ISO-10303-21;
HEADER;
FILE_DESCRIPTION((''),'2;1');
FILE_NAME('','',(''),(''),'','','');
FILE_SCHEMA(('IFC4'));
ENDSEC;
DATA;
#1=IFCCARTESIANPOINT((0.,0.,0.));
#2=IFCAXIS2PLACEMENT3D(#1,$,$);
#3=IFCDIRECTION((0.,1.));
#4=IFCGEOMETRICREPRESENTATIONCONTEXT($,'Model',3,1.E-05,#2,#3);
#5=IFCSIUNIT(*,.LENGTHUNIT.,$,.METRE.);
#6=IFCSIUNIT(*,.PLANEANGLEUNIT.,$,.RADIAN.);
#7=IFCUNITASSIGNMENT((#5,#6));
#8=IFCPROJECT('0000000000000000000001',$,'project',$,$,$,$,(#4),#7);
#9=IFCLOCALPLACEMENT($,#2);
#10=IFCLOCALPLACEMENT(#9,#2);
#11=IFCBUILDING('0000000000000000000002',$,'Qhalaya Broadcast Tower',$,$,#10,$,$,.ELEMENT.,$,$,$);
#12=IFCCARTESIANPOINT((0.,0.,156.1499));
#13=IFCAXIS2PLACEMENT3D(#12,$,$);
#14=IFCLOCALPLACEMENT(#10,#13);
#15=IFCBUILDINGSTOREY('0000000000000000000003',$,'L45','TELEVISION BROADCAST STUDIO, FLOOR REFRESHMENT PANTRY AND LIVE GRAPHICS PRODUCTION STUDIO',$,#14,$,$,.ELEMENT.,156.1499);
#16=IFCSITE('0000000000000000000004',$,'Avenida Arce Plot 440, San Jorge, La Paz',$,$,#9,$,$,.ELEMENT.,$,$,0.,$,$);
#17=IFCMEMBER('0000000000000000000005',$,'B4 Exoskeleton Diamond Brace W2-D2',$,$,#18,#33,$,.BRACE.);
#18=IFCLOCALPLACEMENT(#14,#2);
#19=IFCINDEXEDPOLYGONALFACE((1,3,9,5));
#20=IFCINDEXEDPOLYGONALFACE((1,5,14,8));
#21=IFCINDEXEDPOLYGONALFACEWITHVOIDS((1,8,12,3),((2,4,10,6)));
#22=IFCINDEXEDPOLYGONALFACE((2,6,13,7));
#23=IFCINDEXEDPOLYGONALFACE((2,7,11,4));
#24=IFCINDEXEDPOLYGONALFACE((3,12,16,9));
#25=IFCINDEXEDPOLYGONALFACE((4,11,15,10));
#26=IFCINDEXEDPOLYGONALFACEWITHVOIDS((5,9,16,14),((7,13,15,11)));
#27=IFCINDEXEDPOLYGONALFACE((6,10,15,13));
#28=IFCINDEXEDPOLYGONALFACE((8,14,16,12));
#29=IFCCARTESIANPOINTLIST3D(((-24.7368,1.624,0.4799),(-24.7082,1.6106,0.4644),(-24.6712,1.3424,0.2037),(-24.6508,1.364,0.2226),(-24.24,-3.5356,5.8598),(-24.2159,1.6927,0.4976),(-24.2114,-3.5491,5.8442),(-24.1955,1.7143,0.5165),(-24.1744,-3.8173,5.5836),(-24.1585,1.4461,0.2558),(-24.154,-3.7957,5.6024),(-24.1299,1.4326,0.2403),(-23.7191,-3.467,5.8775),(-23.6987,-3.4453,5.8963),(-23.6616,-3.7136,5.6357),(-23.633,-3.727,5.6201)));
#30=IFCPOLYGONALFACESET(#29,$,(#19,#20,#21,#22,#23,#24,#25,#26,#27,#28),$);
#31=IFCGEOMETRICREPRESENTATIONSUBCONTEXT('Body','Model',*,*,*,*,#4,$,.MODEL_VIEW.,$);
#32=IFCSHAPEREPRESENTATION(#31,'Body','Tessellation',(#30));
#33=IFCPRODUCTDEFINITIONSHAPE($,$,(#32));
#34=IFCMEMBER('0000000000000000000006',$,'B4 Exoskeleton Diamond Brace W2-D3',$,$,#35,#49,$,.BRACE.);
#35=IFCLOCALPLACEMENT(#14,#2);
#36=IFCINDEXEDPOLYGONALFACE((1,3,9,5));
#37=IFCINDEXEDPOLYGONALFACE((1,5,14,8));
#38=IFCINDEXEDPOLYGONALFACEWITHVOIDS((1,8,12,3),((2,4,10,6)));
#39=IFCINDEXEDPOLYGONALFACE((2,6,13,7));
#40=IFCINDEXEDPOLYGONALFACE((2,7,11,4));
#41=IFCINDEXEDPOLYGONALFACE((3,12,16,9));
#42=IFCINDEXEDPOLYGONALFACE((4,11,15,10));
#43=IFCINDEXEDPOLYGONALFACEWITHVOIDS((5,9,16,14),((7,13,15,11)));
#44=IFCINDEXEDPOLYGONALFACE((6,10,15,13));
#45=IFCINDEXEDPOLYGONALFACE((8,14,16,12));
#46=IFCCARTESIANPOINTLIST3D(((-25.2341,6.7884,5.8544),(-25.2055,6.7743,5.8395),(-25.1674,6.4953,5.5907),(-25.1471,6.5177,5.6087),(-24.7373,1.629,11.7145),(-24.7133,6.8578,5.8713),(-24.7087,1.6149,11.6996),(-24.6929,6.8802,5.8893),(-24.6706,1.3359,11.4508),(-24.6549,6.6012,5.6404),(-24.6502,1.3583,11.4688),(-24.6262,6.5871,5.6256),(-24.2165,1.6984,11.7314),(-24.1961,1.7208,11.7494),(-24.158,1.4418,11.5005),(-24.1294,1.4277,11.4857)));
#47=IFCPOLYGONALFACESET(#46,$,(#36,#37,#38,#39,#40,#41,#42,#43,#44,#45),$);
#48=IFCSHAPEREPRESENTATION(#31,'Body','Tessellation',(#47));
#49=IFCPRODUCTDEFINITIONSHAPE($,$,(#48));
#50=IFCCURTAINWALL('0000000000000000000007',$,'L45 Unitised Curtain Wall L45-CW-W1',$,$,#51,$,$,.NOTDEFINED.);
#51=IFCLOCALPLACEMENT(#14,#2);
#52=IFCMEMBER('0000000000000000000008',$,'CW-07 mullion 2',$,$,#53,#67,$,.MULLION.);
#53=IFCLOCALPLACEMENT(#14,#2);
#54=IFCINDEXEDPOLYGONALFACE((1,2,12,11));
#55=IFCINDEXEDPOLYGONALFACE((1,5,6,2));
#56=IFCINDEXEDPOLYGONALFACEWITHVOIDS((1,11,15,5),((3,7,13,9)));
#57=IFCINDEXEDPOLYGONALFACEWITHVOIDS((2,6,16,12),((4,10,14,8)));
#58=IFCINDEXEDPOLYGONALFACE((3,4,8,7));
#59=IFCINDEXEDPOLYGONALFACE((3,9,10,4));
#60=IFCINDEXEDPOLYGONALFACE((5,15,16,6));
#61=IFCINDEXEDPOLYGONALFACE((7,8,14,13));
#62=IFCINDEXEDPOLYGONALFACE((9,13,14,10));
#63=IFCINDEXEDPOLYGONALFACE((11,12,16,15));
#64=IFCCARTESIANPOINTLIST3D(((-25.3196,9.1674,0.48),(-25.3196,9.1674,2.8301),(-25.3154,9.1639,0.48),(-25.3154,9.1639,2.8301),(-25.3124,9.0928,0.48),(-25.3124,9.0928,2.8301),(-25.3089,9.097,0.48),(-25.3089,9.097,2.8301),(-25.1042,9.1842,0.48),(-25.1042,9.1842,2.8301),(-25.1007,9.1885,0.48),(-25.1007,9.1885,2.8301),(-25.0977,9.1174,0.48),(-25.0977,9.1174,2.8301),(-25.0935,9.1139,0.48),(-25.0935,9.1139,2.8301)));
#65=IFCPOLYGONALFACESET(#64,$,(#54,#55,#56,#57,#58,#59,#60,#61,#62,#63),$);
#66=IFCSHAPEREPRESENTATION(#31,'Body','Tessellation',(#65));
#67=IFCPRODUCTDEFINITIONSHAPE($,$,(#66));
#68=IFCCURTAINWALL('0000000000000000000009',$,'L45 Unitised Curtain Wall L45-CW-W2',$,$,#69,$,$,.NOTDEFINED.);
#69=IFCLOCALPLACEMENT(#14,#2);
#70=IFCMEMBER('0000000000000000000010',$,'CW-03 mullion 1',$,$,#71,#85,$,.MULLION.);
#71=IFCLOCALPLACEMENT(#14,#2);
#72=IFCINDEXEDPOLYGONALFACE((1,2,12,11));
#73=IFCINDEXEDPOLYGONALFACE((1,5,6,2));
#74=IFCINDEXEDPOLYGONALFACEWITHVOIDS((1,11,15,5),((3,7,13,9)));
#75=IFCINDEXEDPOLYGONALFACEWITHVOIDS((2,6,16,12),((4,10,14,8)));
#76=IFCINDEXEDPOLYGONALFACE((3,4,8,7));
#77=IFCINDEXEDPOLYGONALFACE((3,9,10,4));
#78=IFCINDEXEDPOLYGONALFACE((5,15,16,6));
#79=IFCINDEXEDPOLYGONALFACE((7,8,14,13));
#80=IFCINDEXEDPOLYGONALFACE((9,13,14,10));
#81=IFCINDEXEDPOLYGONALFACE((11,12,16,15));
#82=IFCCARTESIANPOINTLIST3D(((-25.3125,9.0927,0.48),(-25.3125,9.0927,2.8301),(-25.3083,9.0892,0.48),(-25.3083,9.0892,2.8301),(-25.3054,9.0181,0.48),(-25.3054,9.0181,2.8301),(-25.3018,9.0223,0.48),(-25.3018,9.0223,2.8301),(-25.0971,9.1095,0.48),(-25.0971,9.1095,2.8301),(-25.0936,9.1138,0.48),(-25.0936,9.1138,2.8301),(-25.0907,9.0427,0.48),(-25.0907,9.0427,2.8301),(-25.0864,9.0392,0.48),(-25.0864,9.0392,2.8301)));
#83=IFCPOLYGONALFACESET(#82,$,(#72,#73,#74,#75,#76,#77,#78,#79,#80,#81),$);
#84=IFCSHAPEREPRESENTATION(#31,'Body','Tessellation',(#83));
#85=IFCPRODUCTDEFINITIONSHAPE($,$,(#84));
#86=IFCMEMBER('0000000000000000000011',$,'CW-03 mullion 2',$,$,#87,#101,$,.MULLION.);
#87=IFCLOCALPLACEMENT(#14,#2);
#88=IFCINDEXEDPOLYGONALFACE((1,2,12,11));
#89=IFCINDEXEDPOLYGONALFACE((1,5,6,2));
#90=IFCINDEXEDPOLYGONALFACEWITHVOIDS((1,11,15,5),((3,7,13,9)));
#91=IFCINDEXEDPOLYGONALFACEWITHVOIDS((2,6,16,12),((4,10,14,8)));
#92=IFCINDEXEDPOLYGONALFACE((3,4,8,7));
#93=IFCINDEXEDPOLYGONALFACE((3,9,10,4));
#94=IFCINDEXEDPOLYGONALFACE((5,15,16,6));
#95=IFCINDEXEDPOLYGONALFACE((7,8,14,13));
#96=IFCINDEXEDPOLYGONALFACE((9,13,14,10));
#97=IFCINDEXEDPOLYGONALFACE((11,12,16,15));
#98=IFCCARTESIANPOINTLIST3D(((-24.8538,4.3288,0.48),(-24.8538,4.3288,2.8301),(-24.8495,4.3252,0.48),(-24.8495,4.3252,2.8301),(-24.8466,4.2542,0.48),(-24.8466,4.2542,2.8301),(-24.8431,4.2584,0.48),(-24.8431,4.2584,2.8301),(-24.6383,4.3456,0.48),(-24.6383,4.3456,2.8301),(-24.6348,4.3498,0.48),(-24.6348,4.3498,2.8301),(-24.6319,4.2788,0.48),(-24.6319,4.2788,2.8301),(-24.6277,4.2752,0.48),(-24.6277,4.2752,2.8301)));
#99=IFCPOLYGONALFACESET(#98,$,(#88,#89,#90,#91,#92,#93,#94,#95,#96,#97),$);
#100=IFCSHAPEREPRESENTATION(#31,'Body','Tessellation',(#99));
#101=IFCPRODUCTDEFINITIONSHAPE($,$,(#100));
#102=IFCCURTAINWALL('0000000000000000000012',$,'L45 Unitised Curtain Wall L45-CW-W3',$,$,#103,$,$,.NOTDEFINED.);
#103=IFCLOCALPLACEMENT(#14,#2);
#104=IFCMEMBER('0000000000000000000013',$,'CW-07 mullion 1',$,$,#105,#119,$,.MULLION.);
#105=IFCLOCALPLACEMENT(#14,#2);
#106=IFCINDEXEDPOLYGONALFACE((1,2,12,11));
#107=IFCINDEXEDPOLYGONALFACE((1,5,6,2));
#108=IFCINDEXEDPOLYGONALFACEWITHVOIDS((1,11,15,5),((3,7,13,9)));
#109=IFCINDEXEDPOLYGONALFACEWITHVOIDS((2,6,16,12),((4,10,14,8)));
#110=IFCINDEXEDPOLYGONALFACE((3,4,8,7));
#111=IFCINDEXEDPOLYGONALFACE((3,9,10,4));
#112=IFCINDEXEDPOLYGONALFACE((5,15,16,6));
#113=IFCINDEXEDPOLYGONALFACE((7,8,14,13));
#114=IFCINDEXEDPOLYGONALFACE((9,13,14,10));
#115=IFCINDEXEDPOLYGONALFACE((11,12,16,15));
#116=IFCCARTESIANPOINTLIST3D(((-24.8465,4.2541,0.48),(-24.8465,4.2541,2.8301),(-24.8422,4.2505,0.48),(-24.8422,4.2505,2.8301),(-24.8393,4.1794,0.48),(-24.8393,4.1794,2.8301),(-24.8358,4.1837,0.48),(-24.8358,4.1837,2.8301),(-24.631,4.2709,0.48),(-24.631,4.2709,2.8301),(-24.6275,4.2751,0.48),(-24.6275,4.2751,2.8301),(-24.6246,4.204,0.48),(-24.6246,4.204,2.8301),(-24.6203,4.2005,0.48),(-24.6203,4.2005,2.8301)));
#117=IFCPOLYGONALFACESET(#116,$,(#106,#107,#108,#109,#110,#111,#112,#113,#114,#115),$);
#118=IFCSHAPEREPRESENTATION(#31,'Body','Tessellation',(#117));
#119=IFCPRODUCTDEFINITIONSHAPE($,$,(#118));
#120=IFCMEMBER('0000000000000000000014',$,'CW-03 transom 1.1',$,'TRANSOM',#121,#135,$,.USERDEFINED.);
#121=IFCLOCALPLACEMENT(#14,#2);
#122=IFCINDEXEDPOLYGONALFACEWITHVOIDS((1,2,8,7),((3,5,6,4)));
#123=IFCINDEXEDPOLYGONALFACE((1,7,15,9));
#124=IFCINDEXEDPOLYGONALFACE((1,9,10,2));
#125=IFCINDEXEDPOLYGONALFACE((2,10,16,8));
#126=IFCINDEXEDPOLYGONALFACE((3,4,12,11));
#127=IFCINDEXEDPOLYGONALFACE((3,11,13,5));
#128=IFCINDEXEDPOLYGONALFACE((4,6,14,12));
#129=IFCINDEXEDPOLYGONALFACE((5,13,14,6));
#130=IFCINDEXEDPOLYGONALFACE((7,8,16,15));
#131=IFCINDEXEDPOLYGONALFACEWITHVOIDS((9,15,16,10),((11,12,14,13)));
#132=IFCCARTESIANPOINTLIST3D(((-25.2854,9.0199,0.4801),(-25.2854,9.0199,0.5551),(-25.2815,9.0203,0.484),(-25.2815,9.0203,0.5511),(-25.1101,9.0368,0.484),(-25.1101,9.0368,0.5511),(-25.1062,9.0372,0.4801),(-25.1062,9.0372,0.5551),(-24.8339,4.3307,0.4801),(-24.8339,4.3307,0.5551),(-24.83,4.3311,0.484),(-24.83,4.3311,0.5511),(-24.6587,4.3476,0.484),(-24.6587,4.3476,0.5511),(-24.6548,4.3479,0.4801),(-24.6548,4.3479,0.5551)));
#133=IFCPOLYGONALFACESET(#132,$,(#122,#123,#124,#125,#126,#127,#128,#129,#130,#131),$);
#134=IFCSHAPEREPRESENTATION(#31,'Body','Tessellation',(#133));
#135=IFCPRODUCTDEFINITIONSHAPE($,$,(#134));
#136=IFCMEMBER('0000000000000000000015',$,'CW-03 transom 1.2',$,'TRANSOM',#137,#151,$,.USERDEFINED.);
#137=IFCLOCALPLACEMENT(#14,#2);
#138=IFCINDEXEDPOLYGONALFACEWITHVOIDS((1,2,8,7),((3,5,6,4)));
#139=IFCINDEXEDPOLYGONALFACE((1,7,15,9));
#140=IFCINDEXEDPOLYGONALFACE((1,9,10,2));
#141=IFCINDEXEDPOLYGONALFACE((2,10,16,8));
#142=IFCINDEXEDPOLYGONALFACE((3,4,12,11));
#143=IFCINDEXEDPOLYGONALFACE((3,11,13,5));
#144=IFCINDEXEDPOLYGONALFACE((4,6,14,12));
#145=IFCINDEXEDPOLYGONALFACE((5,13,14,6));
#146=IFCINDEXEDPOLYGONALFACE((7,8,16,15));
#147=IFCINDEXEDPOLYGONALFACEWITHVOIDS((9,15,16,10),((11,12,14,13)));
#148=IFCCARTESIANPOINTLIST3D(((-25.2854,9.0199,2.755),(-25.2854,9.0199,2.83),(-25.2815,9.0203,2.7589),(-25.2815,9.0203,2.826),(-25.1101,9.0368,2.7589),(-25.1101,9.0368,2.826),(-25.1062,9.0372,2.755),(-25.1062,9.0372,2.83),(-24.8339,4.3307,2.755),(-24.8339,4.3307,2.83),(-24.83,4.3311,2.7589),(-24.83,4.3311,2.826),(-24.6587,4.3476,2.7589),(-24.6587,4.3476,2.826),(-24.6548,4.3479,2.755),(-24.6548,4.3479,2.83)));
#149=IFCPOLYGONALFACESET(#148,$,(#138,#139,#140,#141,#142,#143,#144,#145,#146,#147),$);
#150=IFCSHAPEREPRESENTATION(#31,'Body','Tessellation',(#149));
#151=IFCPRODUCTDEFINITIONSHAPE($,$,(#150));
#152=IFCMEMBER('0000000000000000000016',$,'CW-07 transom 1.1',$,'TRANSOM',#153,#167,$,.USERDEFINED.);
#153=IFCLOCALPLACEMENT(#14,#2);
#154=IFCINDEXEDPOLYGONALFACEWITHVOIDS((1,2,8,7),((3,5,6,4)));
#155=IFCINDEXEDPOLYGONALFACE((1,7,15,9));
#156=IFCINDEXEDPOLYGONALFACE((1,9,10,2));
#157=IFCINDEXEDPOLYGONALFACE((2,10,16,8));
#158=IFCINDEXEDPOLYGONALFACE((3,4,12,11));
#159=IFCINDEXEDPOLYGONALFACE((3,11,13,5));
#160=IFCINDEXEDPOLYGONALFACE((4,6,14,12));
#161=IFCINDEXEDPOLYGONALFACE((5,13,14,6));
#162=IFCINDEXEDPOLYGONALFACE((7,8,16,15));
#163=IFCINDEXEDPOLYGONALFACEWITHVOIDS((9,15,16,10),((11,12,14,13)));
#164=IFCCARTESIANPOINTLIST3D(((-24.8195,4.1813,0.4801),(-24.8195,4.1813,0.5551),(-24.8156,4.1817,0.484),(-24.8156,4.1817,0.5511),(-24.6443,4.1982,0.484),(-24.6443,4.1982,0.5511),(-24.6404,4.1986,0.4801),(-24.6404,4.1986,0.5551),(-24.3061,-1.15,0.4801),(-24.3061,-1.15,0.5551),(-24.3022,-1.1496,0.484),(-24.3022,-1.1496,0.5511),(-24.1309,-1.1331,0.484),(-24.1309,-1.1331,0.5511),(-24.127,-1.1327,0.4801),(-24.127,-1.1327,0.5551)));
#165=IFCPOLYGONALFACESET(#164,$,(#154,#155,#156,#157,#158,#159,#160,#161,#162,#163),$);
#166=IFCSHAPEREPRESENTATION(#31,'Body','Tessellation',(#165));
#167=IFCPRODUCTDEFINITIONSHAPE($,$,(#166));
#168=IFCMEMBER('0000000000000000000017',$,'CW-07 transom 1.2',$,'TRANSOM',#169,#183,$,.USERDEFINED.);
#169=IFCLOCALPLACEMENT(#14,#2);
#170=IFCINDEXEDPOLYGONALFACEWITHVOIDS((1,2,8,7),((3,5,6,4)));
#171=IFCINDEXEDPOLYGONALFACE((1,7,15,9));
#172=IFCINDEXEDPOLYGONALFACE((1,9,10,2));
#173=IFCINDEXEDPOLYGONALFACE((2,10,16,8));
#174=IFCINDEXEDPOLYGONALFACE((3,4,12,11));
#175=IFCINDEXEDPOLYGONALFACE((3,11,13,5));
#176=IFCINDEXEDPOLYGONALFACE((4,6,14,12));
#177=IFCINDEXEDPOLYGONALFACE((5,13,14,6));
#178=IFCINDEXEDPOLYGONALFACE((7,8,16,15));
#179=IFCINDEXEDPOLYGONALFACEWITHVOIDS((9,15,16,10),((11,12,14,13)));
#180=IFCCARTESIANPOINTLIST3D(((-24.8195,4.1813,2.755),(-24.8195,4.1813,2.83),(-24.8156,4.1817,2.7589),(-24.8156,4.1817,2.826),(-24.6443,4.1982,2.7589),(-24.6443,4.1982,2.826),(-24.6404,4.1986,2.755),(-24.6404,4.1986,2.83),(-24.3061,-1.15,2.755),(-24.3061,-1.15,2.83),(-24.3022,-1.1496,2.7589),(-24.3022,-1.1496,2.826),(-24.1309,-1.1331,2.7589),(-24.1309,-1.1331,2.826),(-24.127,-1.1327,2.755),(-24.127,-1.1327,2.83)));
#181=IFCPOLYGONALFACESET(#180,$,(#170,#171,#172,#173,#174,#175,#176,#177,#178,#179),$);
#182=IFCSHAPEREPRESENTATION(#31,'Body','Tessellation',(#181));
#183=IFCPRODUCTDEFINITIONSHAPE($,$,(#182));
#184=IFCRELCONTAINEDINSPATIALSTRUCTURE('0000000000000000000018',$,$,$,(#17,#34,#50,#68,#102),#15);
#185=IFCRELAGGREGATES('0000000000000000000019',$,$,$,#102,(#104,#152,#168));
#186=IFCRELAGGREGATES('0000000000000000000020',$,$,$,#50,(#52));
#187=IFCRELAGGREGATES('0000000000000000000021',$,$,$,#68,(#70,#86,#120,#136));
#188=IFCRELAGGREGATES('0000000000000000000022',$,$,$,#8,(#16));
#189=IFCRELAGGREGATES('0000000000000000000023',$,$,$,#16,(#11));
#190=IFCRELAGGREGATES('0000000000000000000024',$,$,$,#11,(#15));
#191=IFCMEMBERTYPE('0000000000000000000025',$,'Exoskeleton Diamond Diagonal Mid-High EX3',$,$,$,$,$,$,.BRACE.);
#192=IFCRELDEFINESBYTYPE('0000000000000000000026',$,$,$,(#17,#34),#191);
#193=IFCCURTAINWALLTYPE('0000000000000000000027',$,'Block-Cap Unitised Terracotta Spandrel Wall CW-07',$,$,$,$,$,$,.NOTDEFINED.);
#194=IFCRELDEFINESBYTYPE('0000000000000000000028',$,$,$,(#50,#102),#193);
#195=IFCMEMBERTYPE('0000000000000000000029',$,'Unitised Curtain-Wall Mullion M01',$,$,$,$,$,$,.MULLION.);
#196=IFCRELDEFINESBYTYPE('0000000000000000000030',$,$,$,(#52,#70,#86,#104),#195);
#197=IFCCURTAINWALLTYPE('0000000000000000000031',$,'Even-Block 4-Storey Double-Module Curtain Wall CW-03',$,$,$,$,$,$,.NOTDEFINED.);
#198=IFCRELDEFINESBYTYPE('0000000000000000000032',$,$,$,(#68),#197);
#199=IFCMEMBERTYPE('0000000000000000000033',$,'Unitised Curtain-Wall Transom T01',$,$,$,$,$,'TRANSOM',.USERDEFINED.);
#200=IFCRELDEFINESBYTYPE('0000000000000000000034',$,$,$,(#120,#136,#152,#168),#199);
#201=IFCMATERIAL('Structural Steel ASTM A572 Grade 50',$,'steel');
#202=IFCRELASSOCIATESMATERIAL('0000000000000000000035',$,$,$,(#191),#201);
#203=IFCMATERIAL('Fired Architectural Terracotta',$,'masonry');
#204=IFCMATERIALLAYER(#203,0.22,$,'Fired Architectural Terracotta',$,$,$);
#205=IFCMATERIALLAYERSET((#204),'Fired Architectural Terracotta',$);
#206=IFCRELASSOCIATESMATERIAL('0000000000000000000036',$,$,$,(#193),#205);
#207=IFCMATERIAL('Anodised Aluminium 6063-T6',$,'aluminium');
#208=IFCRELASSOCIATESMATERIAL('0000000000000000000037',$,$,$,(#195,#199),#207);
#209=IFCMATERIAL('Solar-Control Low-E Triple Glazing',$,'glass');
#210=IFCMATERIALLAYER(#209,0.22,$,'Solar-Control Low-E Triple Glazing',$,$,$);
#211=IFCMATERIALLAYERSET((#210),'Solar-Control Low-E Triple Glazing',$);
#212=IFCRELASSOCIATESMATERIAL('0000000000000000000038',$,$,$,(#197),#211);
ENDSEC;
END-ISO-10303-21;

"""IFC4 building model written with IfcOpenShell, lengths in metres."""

from ifc_helpers import new_model, si_unit, direction, frame, origin, origin_2d, place, context, subcontext, project, spatial, hollow_rectangle, extrude, material, layer, layer_set, material_profile, profile_set, type_object, element, aggregate, save


model = new_model("IFC4")

# Units and contexts
model_context = context("Model", 3, precision=1e-05, world=origin(), true_north=direction((0.0, 1.0)))
body_context = subcontext(model_context, "Body", "Model", "MODEL_VIEW")
ifc_project = project(units=[si_unit("LENGTHUNIT", "METRE"), si_unit("PLANEANGLEUNIT", "RADIAN")], contexts=[model_context])

# Site, building, storey
site_placement = place(None, origin())
site = spatial("IfcSite", under=ifc_project, at=site_placement, Name="Avenida Arce Plot 440, San Jorge, La Paz", CompositionType="ELEMENT", RefElevation=0.0)
building_placement = place(site_placement, origin())
building = spatial("IfcBuilding", under=site, at=building_placement, Name="Qhalaya Broadcast Tower", CompositionType="ELEMENT")
storey_placement = place(building_placement, frame((0.0, 0.0, 156.1499)))
storey = spatial("IfcBuildingStorey", under=building, at=storey_placement, Name="L45", Description="TELEVISION BROADCAST STUDIO, FLOOR REFRESHMENT PANTRY AND LIVE GRAPHICS PRODUCTION STUDIO", CompositionType="ELEMENT", Elevation=156.1499)

# Shared definitions
ifc_material_1 = material(Name="Structural Steel ASTM A572 Grade 50", Category="steel")

# Members
ifc_material_profile_1 = material_profile(ifc_material_1, hollow_rectangle(XDim=0.3999, YDim=0.55, WallThickness=0.0249, at=origin_2d()), Name="BOX 400x550x25")
ifc_profile_set_1 = profile_set([ifc_material_profile_1], Name="Structural Steel ASTM A572 Grade 50")
member_type_1 = type_object("IfcMemberType", Name="Exoskeleton Diamond Diagonal Mid-High EX3", PredefinedType="BRACE", material=ifc_profile_set_1)
for number, where, z_axis, x_axis, name in (
    (1, (-24.4333, 1.5283, 0.3601), (0.066503, -0.690649, 0.720126), (-0.164109, 0.704324, 0.690649), "B4 Exoskeleton Diamond Brace W2-D2"),
):
    element("IfcMember", number, at=place(storey_placement, frame(where, z_axis=z_axis, x_axis=x_axis)), inside=storey, type_object=member_type_1, Name=name, PredefinedType="BRACE", context=body_context, shape_type="SweptSolid", body=[
        extrude(hollow_rectangle(XDim=0.3999, YDim=0.55, WallThickness=0.0249, at=origin_2d()), origin(), (0.0, 0.0, 1.0), 7.4707),
    ])
member_1_placement = place(storey_placement, frame((-24.9302, 6.6877, 5.74), z_axis=(0.063504, -0.659477, 0.749038), x_axis=(-0.16687, 0.73297, 0.659477)))
element("IfcMember", 2, at=member_1_placement, inside=storey, type_object=member_type_1, Name="B4 Exoskeleton Diamond Brace W2-D3", PredefinedType="BRACE", context=body_context, shape_type="SweptSolid", body=[
    extrude(hollow_rectangle(XDim=0.3999, YDim=0.55, WallThickness=0.0249, at=origin_2d()), origin(), (0.0, 0.0, 1.0), 7.8235),
])

# Curtain wall, member
ifc_material_2 = material(Name="Fired Architectural Terracotta", Category="masonry")
ifc_layer_1 = layer(ifc_material_2, 0.22, Name="Fired Architectural Terracotta")
ifc_layer_set_1 = layer_set([ifc_layer_1], Name="Fired Architectural Terracotta")
curtain_wall_type_1 = type_object("IfcCurtainWallType", Name="Block-Cap Unitised Terracotta Spandrel Wall CW-07", PredefinedType="NOTDEFINED", material=ifc_layer_set_1)
curtain_wall_1_placement = place(storey_placement, origin())
curtain_wall_1 = element("IfcCurtainWall", 3, at=curtain_wall_1_placement, inside=storey, type_object=curtain_wall_type_1, Name="L45 Unitised Curtain Wall L45-CW-W1", PredefinedType="NOTDEFINED")
ifc_material_3 = material(Name="Anodised Aluminium 6063-T6", Category="aluminium")
ifc_material_profile_2 = material_profile(ifc_material_3, hollow_rectangle(XDim=0.075, YDim=0.22, WallThickness=0.0039, at=origin_2d()), Name="ALU-MUL 75x220x4")
ifc_profile_set_2 = profile_set([ifc_material_profile_2], Name="Anodised Aluminium 6063-T6")
member_type_2 = type_object("IfcMemberType", Name="Unitised Curtain-Wall Mullion M01", PredefinedType="MULLION", material=ifc_profile_set_2)
member_2_placement = place(storey_placement, frame((-25.2065, 9.1406, 0.48), z_axis=(0.0, 0.0, 1.0), x_axis=(0.095842, -0.995397, 0.0)))
member_2 = element("IfcMember", 4, at=member_2_placement, type_object=member_type_2, Name="CW-07 mullion 2", PredefinedType="MULLION", context=body_context, shape_type="SweptSolid", body=[
    extrude(hollow_rectangle(XDim=0.075, YDim=0.22, WallThickness=0.0039, at=origin_2d()), origin(), (0.0, 0.0, 1.0), 2.3501),
])

# Curtain wall, members
ifc_material_4 = material(Name="Solar-Control Low-E Triple Glazing", Category="glass")
ifc_layer_2 = layer(ifc_material_4, 0.22, Name="Solar-Control Low-E Triple Glazing")
ifc_layer_set_2 = layer_set([ifc_layer_2], Name="Solar-Control Low-E Triple Glazing")
curtain_wall_type_2 = type_object("IfcCurtainWallType", Name="Even-Block 4-Storey Double-Module Curtain Wall CW-03", PredefinedType="NOTDEFINED", material=ifc_layer_set_2)
curtain_wall_2_placement = place(storey_placement, origin())
curtain_wall_2 = element("IfcCurtainWall", 5, at=curtain_wall_2_placement, inside=storey, type_object=curtain_wall_type_2, Name="L45 Unitised Curtain Wall L45-CW-W2", PredefinedType="NOTDEFINED")
member_3_placement = place(storey_placement, frame((-25.1995, 9.0659, 0.48), z_axis=(0.0, 0.0, 1.0), x_axis=(0.095845, -0.995396, 0.0)))
member_3 = element("IfcMember", 6, at=member_3_placement, type_object=member_type_2, Name="CW-03 mullion 1", PredefinedType="MULLION", context=body_context, shape_type="SweptSolid", body=[
    extrude(hollow_rectangle(XDim=0.075, YDim=0.22, WallThickness=0.0039, at=origin_2d()), origin(), (0.0, 0.0, 1.0), 2.3501),
])
member_4_placement = place(storey_placement, frame((-24.7407, 4.302, 0.48), z_axis=(0.0, 0.0, 1.0), x_axis=(0.095845, -0.995396, 0.0)))
member_4 = element("IfcMember", 7, at=member_4_placement, type_object=member_type_2, Name="CW-03 mullion 2", PredefinedType="MULLION", context=body_context, shape_type="SweptSolid", body=[
    extrude(hollow_rectangle(XDim=0.075, YDim=0.22, WallThickness=0.0039, at=origin_2d()), origin(), (0.0, 0.0, 1.0), 2.3501),
])

# Curtain wall, member
curtain_wall_3_placement = place(storey_placement, origin())
curtain_wall_3 = element("IfcCurtainWall", 8, at=curtain_wall_3_placement, inside=storey, type_object=curtain_wall_type_1, Name="L45 Unitised Curtain Wall L45-CW-W3", PredefinedType="NOTDEFINED")
member_5_placement = place(storey_placement, frame((-24.7334, 4.2273, 0.48), z_axis=(0.0, 0.0, 1.0), x_axis=(0.095858, -0.995395, 0.0)))
member_5 = element("IfcMember", 9, at=member_5_placement, type_object=member_type_2, Name="CW-07 mullion 1", PredefinedType="MULLION", context=body_context, shape_type="SweptSolid", body=[
    extrude(hollow_rectangle(XDim=0.075, YDim=0.22, WallThickness=0.0039, at=origin_2d()), origin(), (0.0, 0.0, 1.0), 2.3501),
])

# Members
ifc_material_profile_3 = material_profile(ifc_material_3, hollow_rectangle(XDim=0.075, YDim=0.1799, WallThickness=0.0039, at=origin_2d()), Name="ALU-TRN 75x180x4")
ifc_profile_set_3 = profile_set([ifc_material_profile_3], Name="Anodised Aluminium 6063-T6")
member_type_3 = type_object("IfcMemberType", Name="Unitised Curtain-Wall Transom T01", ElementType="TRANSOM", PredefinedType="USERDEFINED", material=ifc_profile_set_3)
member_6_placement = place(storey_placement, frame((-25.1958, 9.0286, 0.5176), z_axis=(0.095824, -0.995398, 0.0), x_axis=(0.0, 0.0, 1.0)))
member_6 = element("IfcMember", 10, at=member_6_placement, type_object=member_type_3, Name="CW-03 transom 1.1", ObjectType="TRANSOM", PredefinedType="USERDEFINED", context=body_context, shape_type="SweptSolid", body=[
    extrude(hollow_rectangle(XDim=0.075, YDim=0.1799, WallThickness=0.0039, at=origin_2d()), origin(), (0.0, 0.0, 1.0), 4.7109),
])
member_7_placement = place(storey_placement, frame((-25.1958, 9.0286, 2.7925), z_axis=(0.095824, -0.995398, 0.0), x_axis=(0.0, 0.0, 1.0)))
member_7 = element("IfcMember", 11, at=member_7_placement, type_object=member_type_3, Name="CW-03 transom 1.2", ObjectType="TRANSOM", PredefinedType="USERDEFINED", context=body_context, shape_type="SweptSolid", body=[
    extrude(hollow_rectangle(XDim=0.075, YDim=0.1799, WallThickness=0.0039, at=origin_2d()), origin(), (0.0, 0.0, 1.0), 4.7109),
])
member_8_placement = place(storey_placement, frame((-24.73, 4.1899, 0.5176), z_axis=(0.095861, -0.995395, 0.0), x_axis=(0.0, 0.0, 1.0)))
member_8 = element("IfcMember", 12, at=member_8_placement, type_object=member_type_3, Name="CW-07 transom 1.1", ObjectType="TRANSOM", PredefinedType="USERDEFINED", context=body_context, shape_type="SweptSolid", body=[
    extrude(hollow_rectangle(XDim=0.075, YDim=0.1799, WallThickness=0.0039, at=origin_2d()), origin(), (0.0, 0.0, 1.0), 5.356),
])
member_9_placement = place(storey_placement, frame((-24.73, 4.1899, 2.7925), z_axis=(0.095861, -0.995395, 0.0), x_axis=(0.0, 0.0, 1.0)))
member_9 = element("IfcMember", 13, at=member_9_placement, type_object=member_type_3, Name="CW-07 transom 1.2", ObjectType="TRANSOM", PredefinedType="USERDEFINED", context=body_context, shape_type="SweptSolid", body=[
    extrude(hollow_rectangle(XDim=0.075, YDim=0.1799, WallThickness=0.0039, at=origin_2d()), origin(), (0.0, 0.0, 1.0), 5.356),
])
aggregate(curtain_wall_3, [member_5, member_8, member_9])

aggregate(curtain_wall_1, [member_2])
aggregate(curtain_wall_2, [member_3, member_4, member_6, member_7])

save(model, "model.ifc")
